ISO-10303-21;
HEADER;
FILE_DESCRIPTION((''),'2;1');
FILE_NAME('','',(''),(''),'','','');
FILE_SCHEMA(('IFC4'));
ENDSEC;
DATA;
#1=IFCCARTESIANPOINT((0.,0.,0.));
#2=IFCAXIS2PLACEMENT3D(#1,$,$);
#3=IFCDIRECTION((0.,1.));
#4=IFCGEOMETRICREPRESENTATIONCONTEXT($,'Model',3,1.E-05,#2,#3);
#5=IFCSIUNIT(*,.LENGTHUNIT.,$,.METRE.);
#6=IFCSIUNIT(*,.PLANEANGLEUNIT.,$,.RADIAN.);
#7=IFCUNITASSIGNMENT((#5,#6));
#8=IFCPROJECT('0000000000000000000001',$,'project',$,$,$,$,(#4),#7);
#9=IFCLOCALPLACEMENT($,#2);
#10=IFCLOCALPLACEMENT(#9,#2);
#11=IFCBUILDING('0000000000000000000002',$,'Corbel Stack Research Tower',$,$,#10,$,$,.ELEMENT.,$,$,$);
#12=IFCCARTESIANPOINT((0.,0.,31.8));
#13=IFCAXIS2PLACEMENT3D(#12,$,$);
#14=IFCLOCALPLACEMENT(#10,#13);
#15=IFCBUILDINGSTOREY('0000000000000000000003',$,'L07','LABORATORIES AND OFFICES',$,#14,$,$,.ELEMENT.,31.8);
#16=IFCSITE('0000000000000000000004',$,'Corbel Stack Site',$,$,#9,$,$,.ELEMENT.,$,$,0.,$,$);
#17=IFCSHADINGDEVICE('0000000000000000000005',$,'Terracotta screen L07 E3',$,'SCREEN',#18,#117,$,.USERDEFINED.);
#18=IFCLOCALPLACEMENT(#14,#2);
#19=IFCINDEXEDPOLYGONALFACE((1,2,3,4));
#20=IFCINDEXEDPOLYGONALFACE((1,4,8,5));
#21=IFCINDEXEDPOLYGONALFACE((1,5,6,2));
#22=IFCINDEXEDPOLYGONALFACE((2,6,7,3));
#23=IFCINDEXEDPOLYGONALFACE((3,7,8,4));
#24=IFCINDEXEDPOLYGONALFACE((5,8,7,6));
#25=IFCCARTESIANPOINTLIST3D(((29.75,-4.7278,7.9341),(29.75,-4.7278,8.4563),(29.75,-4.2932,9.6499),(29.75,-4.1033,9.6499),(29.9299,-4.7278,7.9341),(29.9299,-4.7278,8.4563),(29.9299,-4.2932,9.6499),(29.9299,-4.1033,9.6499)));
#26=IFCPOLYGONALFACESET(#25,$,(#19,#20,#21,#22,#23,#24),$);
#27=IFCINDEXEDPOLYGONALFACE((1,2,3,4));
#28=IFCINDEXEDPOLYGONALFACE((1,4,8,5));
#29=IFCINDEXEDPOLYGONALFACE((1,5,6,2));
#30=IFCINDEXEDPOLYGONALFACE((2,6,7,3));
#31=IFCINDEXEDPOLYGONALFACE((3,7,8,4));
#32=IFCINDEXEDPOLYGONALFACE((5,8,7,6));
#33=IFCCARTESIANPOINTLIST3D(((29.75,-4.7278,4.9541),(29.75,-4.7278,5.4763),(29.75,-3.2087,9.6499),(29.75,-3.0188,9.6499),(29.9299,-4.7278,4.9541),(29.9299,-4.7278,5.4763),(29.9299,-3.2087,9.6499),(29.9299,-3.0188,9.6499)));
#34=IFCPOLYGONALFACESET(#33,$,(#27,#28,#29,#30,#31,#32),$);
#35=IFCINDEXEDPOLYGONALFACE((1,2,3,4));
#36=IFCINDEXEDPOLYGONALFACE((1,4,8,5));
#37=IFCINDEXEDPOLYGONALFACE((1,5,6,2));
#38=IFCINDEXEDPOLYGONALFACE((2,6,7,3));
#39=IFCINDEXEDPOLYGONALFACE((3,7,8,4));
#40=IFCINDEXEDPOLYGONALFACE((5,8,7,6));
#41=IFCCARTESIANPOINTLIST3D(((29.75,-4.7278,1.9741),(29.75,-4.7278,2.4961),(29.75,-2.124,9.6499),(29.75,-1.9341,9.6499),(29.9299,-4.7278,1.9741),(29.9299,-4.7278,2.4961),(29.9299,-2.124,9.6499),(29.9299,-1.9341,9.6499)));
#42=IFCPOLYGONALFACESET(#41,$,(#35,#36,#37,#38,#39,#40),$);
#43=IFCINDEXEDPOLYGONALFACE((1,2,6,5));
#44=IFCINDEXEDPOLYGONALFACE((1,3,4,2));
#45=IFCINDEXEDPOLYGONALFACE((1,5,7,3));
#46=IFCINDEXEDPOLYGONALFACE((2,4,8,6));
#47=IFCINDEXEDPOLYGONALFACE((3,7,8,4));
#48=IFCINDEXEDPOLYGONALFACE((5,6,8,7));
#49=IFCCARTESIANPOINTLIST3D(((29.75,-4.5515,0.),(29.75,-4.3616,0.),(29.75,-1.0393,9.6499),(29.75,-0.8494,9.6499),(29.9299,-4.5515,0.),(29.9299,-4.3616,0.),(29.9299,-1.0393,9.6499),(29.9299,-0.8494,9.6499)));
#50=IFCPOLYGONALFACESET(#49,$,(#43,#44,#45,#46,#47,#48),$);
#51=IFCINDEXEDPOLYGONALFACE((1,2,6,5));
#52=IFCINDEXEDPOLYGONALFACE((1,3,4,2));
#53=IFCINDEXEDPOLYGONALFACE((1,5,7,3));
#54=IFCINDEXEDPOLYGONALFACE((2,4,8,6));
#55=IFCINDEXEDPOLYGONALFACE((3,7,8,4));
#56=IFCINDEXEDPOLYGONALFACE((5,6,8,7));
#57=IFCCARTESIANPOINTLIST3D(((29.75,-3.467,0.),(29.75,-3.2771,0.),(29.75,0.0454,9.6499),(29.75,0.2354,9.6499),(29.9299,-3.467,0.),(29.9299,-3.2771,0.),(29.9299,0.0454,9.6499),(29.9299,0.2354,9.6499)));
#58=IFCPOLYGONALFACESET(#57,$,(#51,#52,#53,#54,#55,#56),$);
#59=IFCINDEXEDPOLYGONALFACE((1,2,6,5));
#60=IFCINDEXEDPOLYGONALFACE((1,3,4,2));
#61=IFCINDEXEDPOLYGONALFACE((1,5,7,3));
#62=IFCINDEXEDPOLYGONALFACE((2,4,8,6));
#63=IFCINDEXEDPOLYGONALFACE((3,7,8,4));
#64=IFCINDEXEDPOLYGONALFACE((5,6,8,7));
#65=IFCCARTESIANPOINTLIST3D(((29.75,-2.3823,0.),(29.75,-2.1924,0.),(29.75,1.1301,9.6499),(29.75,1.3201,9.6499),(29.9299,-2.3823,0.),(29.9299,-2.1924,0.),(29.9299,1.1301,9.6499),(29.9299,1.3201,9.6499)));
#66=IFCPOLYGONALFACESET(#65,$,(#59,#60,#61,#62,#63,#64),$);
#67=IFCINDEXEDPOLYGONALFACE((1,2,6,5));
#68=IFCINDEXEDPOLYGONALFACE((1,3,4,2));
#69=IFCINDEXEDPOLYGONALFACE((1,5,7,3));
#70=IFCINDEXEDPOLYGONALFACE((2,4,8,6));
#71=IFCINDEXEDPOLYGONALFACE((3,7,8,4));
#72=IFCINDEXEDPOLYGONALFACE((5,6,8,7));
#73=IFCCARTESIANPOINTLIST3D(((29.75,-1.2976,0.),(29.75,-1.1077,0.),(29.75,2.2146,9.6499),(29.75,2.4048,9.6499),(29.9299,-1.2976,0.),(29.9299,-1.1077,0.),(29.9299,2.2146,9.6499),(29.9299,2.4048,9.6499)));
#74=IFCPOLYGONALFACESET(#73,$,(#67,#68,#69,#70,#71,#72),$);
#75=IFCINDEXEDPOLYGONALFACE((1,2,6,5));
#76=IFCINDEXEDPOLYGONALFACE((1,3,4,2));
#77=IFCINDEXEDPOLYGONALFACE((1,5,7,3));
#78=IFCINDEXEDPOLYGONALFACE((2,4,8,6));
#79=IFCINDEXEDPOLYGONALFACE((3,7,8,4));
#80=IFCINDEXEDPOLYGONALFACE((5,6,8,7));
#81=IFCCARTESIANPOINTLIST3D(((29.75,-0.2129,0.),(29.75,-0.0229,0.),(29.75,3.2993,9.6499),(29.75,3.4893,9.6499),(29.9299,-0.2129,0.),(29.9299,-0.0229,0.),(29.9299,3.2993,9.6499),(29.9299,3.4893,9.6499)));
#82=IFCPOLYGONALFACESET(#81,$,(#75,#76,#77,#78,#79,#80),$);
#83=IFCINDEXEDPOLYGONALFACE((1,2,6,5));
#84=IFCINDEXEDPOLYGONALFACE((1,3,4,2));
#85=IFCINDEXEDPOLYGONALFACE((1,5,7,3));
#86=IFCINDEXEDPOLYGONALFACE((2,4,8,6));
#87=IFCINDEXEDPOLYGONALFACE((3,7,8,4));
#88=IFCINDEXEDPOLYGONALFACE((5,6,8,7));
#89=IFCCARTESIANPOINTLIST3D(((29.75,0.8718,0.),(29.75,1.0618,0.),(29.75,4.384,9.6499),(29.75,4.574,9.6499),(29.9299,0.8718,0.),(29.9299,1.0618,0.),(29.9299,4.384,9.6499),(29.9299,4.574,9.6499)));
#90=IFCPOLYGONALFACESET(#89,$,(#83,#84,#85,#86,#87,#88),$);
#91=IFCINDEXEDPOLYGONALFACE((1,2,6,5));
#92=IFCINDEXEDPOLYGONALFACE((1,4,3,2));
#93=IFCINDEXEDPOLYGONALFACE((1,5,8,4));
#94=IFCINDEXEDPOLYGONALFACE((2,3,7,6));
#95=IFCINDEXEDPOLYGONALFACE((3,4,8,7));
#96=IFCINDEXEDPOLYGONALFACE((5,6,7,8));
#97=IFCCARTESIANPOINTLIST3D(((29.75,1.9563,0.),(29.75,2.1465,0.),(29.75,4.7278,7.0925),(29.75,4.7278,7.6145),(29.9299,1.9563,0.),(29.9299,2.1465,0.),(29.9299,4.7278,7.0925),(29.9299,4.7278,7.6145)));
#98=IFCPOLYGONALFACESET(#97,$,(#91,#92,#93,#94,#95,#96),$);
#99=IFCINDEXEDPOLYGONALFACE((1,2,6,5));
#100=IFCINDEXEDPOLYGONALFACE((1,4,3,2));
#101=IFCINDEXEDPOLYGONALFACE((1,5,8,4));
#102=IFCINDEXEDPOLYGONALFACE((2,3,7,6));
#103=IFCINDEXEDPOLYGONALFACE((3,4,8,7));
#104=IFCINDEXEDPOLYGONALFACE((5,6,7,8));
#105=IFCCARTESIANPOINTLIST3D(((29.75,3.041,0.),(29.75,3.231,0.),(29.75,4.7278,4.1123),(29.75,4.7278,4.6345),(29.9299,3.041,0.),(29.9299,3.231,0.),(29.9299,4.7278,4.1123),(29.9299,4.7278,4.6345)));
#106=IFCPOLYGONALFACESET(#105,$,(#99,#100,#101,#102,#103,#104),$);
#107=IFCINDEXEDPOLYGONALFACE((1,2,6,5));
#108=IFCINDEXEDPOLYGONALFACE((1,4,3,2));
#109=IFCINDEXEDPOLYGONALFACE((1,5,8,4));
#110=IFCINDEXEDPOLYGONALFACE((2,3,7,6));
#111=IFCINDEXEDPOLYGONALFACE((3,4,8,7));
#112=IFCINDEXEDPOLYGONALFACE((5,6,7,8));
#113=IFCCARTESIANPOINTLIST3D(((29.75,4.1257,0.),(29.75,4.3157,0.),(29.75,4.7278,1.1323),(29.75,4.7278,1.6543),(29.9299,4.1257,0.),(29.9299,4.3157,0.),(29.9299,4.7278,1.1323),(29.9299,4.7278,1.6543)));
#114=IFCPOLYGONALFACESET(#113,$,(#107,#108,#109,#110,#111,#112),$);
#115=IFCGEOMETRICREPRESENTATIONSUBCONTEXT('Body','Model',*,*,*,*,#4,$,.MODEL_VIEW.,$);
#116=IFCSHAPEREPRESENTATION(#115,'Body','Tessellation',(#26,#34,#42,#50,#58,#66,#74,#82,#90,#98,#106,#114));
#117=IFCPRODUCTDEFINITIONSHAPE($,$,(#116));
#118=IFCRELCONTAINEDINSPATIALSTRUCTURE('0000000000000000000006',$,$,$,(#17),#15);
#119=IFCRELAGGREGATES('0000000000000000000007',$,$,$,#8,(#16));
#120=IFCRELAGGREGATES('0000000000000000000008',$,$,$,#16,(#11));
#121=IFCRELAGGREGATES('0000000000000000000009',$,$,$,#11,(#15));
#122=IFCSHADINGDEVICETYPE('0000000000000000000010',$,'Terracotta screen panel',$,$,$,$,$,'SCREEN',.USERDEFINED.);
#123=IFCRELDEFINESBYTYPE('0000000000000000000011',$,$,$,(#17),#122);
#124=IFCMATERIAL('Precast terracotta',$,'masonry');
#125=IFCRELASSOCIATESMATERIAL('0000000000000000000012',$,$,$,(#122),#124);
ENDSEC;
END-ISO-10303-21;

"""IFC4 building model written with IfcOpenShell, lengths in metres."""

from ifc_helpers import new_model, si_unit, direction, frame, origin, place, context, subcontext, project, spatial, polyline, outline, extrude, source, transform, mapped, material, type_object, element, save


model = new_model("IFC4")

# Units and contexts
model_context = context("Model", 3, precision=1e-05, world=origin(), true_north=direction((0.0, 1.0)))
body_context = subcontext(model_context, "Body", "Model", "MODEL_VIEW")
ifc_project = project(units=[si_unit("LENGTHUNIT", "METRE"), si_unit("PLANEANGLEUNIT", "RADIAN")], contexts=[model_context])

# Site, building, storey
site_placement = place(None, origin())
site = spatial("IfcSite", under=ifc_project, at=site_placement, Name="Corbel Stack Site", CompositionType="ELEMENT", RefElevation=0.0)
building_placement = place(site_placement, origin())
building = spatial("IfcBuilding", under=site, at=building_placement, Name="Corbel Stack Research Tower", CompositionType="ELEMENT")
storey_placement = place(building_placement, frame((0.0, 0.0, 31.8)))
storey = spatial("IfcBuildingStorey", under=building, at=storey_placement, Name="L07", Description="LABORATORIES AND OFFICES", CompositionType="ELEMENT", Elevation=31.8)

# Shading device
ifc_material_1 = material(Name="Precast terracotta", Category="masonry")
shading_device_type = type_object("IfcShadingDeviceType", Name="Terracotta screen panel", ElementType="SCREEN", PredefinedType="USERDEFINED", material=ifc_material_1)
shared_shape_1 = source(origin(), body_context, "Body", "SweptSolid", [
    extrude(outline(polyline([(0.6245, 9.6499), (0.4346, 9.6499), (0.0, 8.4563), (0.0, 7.9341), (0.6245, 9.6499)])), frame((0.0, 0.0, 0.0), z_axis=(0.0, -1.0, 0.0), x_axis=(1.0, 0.0, 0.0)), (0.0, 0.0, 1.0), 0.1799),
    extrude(outline(polyline([(1.709, 9.6499), (1.519, 9.6499), (0.0, 5.4763), (0.0, 4.9541), (1.709, 9.6499)])), frame((0.0, 0.0, 0.0), z_axis=(0.0, -1.0, 0.0), x_axis=(1.0, 0.0, 0.0)), (0.0, 0.0, 1.0), 0.1799),
    extrude(outline(polyline([(2.7937, 9.6499), (2.6038, 9.6499), (0.0, 2.4961), (0.0, 1.9741), (2.7937, 9.6499)])), frame((0.0, 0.0, 0.0), z_axis=(0.0, -1.0, 0.0), x_axis=(1.0, 0.0, 0.0)), (0.0, 0.0, 1.0), 0.1799),
    extrude(outline(polyline([(0.3662, 0.0), (3.8784, 9.6499), (3.6885, 9.6499), (0.1763, 0.0), (0.3662, 0.0)])), frame((0.0, 0.0, 0.0), z_axis=(0.0, -1.0, 0.0), x_axis=(1.0, 0.0, 0.0)), (0.0, 0.0, 1.0), 0.1799),
    extrude(outline(polyline([(1.4507, 0.0), (4.9631, 9.6499), (4.7732, 9.6499), (1.2607, 0.0), (1.4507, 0.0)])), frame((0.0, 0.0, 0.0), z_axis=(0.0, -1.0, 0.0), x_axis=(1.0, 0.0, 0.0)), (0.0, 0.0, 1.0), 0.1799),
    extrude(outline(polyline([(2.5354, 0.0), (6.0479, 9.6499), (5.8579, 9.6499), (2.3455, 0.0), (2.5354, 0.0)])), frame((0.0, 0.0, 0.0), z_axis=(0.0, -1.0, 0.0), x_axis=(1.0, 0.0, 0.0)), (0.0, 0.0, 1.0), 0.1799),
    extrude(outline(polyline([(3.6201, 0.0), (7.1326, 9.6499), (6.9424, 9.6499), (3.4302, 0.0), (3.6201, 0.0)])), frame((0.0, 0.0, 0.0), z_axis=(0.0, -1.0, 0.0), x_axis=(1.0, 0.0, 0.0)), (0.0, 0.0, 1.0), 0.1799),
    extrude(outline(polyline([(4.7048, 0.0), (8.217, 9.6499), (8.0271, 9.6499), (4.5149, 0.0), (4.7048, 0.0)])), frame((0.0, 0.0, 0.0), z_axis=(0.0, -1.0, 0.0), x_axis=(1.0, 0.0, 0.0)), (0.0, 0.0, 1.0), 0.1799),
    extrude(outline(polyline([(5.7896, 0.0), (9.3018, 9.6499), (9.1118, 9.6499), (5.5996, 0.0), (5.7896, 0.0)])), frame((0.0, 0.0, 0.0), z_axis=(0.0, -1.0, 0.0), x_axis=(1.0, 0.0, 0.0)), (0.0, 0.0, 1.0), 0.1799),
    extrude(outline(polyline([(6.8743, 0.0), (9.4556, 7.0925), (9.4556, 7.6145), (6.6841, 0.0), (6.8743, 0.0)])), frame((0.0, 0.0, 0.0), z_axis=(0.0, -1.0, 0.0), x_axis=(1.0, 0.0, 0.0)), (0.0, 0.0, 1.0), 0.1799),
    extrude(outline(polyline([(7.9587, 0.0), (9.4556, 4.1123), (9.4556, 4.6345), (7.7688, 0.0), (7.9587, 0.0)])), frame((0.0, 0.0, 0.0), z_axis=(0.0, -1.0, 0.0), x_axis=(1.0, 0.0, 0.0)), (0.0, 0.0, 1.0), 0.1799),
    extrude(outline(polyline([(9.0435, 0.0), (9.4556, 1.1323), (9.4556, 1.6543), (8.8535, 0.0), (9.0435, 0.0)])), frame((0.0, 0.0, 0.0), z_axis=(0.0, -1.0, 0.0), x_axis=(1.0, 0.0, 0.0)), (0.0, 0.0, 1.0), 0.1799),
])
shading_device_1_placement = place(storey_placement, frame((29.75, -4.7278, 0.0), z_axis=(0.0, 0.0, 1.0), x_axis=(0.0, 1.0, 0.0)))
element("IfcShadingDevice", 1, at=shading_device_1_placement, inside=storey, type_object=shading_device_type, Name="Terracotta screen L07 E3", ObjectType="SCREEN", PredefinedType="USERDEFINED", context=body_context, shape_type="MappedRepresentation", body=[
    mapped(shared_shape_1, transform((0.0, 0.0, 0.0))),
])

save(model, "model.ifc")
